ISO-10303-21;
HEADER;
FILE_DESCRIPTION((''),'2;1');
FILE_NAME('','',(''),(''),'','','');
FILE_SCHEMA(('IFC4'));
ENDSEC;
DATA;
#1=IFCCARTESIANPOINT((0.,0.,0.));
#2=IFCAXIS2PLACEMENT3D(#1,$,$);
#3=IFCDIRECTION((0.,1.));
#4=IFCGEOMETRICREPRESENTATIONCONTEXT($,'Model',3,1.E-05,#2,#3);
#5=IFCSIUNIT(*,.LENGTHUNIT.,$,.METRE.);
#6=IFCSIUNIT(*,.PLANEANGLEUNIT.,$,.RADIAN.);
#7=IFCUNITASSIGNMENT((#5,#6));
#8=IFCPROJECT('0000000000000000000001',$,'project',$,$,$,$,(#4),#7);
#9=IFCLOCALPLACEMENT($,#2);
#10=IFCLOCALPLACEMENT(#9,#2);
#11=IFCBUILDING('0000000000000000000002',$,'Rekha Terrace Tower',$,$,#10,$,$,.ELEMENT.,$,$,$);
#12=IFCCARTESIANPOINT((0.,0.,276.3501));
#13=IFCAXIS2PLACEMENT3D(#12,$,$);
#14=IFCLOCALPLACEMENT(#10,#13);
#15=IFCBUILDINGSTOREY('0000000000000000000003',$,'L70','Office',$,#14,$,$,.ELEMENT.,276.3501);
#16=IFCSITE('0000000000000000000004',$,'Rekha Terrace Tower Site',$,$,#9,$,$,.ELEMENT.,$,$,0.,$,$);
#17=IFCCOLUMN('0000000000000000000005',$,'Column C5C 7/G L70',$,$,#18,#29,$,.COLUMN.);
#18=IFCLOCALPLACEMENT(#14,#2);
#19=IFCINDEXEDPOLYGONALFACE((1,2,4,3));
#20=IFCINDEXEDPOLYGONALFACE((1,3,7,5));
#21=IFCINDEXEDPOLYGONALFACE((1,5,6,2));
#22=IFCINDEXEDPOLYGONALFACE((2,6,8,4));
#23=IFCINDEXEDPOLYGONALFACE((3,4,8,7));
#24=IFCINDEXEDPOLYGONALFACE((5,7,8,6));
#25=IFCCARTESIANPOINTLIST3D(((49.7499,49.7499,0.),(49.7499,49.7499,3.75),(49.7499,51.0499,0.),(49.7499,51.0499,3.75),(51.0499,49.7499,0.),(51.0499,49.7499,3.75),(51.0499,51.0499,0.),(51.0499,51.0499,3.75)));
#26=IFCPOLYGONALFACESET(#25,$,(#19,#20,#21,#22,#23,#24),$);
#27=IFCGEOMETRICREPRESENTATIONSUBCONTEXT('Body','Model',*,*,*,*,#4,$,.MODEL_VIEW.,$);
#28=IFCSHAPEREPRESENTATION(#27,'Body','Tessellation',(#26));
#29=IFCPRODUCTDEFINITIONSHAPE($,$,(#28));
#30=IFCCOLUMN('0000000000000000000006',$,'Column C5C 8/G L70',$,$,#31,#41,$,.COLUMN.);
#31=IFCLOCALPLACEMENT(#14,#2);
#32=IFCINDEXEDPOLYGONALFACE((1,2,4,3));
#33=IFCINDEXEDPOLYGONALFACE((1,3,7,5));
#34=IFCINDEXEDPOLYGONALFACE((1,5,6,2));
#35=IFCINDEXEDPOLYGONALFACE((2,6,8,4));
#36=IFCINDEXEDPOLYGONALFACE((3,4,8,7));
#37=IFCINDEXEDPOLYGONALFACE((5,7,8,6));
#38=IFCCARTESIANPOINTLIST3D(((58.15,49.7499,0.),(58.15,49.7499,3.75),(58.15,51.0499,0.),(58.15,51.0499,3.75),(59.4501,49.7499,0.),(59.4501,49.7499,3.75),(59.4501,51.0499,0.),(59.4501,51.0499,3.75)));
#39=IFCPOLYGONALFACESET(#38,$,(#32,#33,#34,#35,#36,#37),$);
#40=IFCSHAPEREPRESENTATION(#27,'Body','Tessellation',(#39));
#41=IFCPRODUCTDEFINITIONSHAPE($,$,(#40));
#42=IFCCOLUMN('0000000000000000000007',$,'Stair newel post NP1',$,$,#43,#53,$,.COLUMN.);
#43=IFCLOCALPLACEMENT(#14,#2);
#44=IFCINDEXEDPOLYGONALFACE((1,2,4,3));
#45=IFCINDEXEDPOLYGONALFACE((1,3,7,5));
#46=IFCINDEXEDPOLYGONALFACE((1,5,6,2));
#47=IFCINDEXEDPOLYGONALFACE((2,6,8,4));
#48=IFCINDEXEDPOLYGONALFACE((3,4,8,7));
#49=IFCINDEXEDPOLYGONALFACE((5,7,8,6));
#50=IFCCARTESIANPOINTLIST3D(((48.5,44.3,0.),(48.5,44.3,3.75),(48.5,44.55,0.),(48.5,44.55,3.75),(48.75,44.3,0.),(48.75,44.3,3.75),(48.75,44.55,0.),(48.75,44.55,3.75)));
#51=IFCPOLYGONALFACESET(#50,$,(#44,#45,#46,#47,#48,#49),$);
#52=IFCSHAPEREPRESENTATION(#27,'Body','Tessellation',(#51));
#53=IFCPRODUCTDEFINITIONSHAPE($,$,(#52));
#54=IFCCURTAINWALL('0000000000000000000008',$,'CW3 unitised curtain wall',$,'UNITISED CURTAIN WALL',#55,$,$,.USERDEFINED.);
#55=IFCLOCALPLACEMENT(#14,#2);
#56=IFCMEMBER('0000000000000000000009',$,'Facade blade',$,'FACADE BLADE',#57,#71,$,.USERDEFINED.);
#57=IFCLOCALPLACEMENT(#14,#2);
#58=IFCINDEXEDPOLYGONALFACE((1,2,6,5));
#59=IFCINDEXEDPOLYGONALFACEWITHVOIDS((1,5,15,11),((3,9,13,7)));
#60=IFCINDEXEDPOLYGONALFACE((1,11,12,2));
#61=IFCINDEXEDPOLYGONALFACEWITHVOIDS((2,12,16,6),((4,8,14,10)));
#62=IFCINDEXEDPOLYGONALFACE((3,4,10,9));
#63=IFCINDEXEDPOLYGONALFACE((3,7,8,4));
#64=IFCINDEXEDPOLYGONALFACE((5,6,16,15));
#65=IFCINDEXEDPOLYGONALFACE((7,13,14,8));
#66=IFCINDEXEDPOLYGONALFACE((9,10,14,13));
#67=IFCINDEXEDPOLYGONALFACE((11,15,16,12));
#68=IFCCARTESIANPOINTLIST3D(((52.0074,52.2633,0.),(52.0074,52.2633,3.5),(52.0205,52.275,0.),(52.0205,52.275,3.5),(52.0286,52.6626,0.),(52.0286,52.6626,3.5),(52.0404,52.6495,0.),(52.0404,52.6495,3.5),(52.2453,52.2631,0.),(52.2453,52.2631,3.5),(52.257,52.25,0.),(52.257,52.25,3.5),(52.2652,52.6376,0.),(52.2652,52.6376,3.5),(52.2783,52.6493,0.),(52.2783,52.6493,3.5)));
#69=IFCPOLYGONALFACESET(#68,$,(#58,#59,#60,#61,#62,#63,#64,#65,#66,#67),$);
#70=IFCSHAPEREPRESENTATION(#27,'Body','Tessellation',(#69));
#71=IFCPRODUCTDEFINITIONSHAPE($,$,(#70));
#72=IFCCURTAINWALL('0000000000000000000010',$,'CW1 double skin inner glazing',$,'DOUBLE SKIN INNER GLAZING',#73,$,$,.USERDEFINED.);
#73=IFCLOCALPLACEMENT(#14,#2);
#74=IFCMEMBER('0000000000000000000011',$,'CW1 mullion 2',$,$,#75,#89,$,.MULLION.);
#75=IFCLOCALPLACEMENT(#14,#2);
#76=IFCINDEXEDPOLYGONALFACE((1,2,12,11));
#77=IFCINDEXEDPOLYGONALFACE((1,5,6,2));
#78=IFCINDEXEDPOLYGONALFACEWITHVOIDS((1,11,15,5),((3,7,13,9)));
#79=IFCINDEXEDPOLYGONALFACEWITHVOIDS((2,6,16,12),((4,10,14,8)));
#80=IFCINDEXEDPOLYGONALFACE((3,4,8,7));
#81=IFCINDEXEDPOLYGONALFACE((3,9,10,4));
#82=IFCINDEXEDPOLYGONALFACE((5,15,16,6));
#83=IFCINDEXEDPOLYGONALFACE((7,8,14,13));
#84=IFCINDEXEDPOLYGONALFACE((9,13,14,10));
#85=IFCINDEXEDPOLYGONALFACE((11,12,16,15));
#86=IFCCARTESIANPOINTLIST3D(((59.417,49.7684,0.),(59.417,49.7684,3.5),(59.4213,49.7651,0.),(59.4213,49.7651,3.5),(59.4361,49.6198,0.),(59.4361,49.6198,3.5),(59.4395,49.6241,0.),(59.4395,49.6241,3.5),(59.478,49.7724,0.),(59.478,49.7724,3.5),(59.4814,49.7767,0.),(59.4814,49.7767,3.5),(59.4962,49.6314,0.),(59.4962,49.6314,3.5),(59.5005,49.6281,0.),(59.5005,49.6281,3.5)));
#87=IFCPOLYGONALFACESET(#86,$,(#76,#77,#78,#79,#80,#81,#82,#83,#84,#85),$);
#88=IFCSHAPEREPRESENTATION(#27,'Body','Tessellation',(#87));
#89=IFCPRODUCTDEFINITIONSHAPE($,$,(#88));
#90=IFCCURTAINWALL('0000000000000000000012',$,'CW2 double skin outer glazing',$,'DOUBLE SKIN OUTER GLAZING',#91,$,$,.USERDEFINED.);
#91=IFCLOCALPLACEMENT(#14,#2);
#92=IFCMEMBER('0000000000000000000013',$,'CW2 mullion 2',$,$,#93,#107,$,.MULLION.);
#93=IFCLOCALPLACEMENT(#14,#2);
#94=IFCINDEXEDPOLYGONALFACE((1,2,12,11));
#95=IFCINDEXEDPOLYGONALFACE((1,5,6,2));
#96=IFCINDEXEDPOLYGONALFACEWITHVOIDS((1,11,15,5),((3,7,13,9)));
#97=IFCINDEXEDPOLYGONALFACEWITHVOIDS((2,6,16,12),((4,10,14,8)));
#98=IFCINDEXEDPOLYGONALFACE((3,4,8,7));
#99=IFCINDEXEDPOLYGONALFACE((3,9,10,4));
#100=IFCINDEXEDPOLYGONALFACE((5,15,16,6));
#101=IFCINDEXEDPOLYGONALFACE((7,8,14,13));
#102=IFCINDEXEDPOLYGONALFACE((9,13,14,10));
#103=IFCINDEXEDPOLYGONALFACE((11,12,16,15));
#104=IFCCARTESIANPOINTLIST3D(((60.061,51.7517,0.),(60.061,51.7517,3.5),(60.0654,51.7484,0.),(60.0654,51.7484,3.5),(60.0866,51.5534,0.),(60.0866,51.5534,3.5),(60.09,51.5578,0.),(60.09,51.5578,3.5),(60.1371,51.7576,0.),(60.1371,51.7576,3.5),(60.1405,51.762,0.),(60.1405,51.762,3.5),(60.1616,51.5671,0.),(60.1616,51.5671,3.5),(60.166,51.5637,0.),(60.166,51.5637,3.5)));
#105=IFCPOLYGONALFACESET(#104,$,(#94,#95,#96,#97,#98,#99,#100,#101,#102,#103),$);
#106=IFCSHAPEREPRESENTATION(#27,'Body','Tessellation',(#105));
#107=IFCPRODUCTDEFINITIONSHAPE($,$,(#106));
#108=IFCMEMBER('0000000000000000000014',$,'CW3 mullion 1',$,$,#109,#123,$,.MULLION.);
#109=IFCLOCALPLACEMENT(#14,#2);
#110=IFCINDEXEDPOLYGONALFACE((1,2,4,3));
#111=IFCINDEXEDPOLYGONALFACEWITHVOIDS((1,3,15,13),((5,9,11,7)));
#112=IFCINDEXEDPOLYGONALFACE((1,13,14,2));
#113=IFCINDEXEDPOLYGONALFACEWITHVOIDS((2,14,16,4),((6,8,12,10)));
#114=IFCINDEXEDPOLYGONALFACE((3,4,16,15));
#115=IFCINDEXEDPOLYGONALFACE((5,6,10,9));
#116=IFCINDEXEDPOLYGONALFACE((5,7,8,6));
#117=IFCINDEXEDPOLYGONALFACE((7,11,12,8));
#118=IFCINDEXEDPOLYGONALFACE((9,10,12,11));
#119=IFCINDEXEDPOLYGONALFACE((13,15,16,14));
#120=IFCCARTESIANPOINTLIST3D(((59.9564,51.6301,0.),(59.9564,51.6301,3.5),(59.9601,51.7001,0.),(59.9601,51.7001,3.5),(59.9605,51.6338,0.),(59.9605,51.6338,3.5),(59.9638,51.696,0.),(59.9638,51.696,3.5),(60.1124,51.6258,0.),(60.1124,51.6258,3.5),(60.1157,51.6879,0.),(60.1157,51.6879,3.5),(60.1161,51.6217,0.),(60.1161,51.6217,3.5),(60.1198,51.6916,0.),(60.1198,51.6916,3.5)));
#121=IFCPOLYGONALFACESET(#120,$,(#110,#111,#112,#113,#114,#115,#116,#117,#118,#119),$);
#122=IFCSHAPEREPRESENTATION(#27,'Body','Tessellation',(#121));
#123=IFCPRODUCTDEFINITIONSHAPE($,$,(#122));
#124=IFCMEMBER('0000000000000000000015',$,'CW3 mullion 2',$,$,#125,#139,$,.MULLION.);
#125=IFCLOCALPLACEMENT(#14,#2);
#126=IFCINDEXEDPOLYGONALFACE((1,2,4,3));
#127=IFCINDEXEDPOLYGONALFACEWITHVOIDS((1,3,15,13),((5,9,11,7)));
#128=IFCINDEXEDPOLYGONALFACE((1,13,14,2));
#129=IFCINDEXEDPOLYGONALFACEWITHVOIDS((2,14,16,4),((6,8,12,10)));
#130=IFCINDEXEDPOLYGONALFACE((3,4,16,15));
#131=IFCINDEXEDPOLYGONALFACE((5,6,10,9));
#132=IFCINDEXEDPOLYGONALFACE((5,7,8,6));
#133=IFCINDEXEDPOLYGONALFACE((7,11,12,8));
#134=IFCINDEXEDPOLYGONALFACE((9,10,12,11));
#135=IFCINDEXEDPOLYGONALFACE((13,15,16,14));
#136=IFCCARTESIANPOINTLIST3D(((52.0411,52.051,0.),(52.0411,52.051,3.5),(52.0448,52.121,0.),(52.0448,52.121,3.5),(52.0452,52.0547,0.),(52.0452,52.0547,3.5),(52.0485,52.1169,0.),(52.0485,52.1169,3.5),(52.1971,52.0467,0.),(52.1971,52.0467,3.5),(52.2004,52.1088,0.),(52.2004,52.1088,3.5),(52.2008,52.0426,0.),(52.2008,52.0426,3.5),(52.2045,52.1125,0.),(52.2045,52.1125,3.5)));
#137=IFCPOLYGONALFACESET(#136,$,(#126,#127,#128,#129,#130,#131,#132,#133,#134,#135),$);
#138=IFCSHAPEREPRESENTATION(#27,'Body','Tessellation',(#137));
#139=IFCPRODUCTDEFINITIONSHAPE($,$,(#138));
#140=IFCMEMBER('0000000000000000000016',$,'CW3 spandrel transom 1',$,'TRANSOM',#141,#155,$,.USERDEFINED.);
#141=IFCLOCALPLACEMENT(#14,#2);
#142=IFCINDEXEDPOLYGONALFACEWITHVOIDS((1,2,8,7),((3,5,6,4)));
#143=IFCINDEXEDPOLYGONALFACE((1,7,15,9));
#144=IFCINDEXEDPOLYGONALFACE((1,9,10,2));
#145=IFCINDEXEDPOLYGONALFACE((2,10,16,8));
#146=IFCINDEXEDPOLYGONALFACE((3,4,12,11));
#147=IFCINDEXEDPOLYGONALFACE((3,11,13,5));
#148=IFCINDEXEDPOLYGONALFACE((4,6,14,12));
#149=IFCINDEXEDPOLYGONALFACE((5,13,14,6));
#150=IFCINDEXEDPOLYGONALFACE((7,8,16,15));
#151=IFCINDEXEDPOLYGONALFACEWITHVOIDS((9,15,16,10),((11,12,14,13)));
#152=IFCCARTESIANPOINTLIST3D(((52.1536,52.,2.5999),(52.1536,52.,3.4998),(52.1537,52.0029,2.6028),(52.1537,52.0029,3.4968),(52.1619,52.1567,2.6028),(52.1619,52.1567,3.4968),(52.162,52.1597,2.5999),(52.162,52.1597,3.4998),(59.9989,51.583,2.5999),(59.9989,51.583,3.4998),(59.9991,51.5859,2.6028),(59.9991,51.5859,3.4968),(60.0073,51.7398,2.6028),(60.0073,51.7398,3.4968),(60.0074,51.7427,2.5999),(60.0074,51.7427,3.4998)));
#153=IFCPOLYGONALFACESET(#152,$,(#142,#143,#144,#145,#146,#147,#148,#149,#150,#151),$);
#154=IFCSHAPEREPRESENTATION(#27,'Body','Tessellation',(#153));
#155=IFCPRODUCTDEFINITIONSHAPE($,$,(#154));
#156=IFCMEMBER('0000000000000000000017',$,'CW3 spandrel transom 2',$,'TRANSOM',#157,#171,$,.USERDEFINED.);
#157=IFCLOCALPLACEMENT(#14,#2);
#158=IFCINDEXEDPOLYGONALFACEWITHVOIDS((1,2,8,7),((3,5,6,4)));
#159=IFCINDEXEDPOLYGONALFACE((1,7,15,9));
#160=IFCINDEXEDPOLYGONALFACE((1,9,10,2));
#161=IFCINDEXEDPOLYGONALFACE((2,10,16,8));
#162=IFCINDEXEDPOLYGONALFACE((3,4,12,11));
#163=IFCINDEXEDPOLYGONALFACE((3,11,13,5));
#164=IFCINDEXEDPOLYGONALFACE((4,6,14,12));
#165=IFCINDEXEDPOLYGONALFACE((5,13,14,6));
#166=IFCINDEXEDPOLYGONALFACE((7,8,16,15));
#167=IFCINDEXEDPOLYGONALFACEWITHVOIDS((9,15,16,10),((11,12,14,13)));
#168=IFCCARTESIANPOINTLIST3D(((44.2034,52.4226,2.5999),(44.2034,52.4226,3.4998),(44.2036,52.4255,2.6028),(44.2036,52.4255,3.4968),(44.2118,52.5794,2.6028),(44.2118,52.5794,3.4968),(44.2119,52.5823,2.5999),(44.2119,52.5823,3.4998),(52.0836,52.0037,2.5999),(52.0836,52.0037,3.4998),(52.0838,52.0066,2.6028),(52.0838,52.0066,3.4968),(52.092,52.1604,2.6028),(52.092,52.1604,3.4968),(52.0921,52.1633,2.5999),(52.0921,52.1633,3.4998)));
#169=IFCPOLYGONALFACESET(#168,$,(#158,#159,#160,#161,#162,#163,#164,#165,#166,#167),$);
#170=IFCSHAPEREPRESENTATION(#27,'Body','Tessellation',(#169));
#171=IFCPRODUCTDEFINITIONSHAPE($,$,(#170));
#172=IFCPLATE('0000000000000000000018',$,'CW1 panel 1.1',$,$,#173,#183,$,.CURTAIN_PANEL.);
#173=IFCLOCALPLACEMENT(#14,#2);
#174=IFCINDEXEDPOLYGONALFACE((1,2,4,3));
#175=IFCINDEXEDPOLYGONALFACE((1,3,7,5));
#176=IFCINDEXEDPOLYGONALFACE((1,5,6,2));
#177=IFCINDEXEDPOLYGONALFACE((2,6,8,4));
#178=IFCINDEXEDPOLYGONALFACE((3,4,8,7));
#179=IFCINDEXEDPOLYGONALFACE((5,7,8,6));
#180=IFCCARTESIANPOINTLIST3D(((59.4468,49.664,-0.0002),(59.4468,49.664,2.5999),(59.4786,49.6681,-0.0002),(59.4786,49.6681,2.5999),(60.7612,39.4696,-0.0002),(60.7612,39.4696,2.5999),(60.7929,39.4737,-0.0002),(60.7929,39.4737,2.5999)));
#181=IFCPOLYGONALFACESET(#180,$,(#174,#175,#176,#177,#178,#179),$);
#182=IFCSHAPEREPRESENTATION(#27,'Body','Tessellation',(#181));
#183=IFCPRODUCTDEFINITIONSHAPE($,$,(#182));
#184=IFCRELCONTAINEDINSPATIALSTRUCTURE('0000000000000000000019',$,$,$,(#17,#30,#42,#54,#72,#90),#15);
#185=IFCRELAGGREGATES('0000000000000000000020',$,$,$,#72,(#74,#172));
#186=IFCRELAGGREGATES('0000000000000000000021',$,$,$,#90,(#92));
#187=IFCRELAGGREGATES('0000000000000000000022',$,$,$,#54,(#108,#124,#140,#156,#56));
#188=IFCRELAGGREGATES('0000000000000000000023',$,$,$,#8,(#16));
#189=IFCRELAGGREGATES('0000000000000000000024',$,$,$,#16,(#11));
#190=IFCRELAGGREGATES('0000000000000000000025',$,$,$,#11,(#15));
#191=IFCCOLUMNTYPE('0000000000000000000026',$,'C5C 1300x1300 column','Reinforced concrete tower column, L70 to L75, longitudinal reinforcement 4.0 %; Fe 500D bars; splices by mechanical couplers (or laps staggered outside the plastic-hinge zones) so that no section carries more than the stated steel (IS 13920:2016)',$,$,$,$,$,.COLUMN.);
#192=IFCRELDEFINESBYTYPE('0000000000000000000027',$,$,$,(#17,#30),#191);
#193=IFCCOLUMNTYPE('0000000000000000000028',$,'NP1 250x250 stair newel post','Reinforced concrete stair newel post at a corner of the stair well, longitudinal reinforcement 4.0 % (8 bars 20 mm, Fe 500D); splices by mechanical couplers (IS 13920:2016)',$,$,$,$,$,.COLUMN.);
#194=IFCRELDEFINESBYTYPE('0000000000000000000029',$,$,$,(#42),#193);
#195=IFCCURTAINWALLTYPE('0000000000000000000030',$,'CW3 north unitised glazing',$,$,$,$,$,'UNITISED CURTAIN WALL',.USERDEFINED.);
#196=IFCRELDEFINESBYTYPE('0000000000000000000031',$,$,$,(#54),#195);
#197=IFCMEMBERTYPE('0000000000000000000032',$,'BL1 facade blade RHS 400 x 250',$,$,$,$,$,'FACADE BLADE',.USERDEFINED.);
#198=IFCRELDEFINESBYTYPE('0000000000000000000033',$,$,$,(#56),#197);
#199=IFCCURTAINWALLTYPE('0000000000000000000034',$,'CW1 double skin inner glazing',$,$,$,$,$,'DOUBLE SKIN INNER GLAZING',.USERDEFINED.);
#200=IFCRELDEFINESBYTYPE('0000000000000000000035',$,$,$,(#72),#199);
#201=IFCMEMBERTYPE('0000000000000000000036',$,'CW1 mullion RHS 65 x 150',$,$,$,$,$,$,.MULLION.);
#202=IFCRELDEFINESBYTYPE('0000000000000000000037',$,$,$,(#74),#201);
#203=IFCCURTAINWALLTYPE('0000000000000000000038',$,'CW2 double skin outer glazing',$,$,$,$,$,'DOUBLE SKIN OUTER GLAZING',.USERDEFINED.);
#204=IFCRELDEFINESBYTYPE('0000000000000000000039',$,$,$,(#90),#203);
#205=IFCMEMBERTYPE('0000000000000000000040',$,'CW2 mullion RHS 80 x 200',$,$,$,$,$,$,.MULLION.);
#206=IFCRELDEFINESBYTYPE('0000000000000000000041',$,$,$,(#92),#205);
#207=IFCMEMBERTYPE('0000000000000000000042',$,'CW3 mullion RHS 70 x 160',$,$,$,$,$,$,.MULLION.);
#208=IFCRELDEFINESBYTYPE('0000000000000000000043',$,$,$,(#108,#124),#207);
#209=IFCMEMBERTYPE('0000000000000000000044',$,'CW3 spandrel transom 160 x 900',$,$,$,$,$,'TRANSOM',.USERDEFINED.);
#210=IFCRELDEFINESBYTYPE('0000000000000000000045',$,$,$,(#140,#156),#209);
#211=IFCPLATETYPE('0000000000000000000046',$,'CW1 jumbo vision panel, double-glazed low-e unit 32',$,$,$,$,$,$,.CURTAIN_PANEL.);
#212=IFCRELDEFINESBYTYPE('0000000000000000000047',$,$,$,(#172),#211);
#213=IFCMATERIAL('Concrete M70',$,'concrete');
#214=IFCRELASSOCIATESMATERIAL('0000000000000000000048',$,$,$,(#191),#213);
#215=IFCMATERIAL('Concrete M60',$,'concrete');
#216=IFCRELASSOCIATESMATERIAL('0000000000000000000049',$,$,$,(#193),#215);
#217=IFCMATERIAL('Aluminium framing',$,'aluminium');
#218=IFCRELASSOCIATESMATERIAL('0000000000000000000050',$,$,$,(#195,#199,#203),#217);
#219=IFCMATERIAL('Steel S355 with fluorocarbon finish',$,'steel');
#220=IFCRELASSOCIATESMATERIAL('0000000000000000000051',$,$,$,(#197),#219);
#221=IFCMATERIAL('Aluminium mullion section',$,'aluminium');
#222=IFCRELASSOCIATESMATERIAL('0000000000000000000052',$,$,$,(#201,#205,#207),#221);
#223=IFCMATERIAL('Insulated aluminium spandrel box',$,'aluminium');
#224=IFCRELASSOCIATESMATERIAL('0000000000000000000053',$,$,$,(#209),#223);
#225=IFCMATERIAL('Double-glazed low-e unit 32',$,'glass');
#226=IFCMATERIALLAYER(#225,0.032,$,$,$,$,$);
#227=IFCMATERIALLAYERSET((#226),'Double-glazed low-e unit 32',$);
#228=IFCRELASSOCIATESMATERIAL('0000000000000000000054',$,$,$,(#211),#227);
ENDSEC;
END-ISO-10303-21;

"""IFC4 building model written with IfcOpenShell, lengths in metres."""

from ifc_helpers import new_model, si_unit, direction, frame, origin, origin_2d, place, context, subcontext, project, spatial, rectangle, hollow_rectangle, extrude, material, layer, layer_set, material_profile, profile_set, type_object, element, aggregate, save


model = new_model("IFC4")

# Units and contexts
model_context = context("Model", 3, precision=1e-05, world=origin(), true_north=direction((0.0, 1.0)))
body_context = subcontext(model_context, "Body", "Model", "MODEL_VIEW")
ifc_project = project(units=[si_unit("LENGTHUNIT", "METRE"), si_unit("PLANEANGLEUNIT", "RADIAN")], contexts=[model_context])

# Site, building, storey
site_placement = place(None, origin())
site = spatial("IfcSite", under=ifc_project, at=site_placement, Name="Rekha Terrace Tower Site", CompositionType="ELEMENT", RefElevation=0.0)
building_placement = place(site_placement, origin())
building = spatial("IfcBuilding", under=site, at=building_placement, Name="Rekha Terrace Tower", CompositionType="ELEMENT")
storey_placement = place(building_placement, frame((0.0, 0.0, 276.3501)))
storey = spatial("IfcBuildingStorey", under=building, at=storey_placement, Name="L70", Description="Office", CompositionType="ELEMENT", Elevation=276.3501)

# Columns
ifc_material_1 = material(Name="Concrete M70", Category="concrete")
ifc_material_profile_1 = material_profile(ifc_material_1, rectangle(XDim=1.3, YDim=1.3, at=origin_2d()), Name="RC 1300x1300")
ifc_profile_set_1 = profile_set([ifc_material_profile_1], Name="Concrete M70")
column_type_1 = type_object("IfcColumnType", Name="C5C 1300x1300 column", Description="Reinforced concrete tower column, L70 to L75, longitudinal reinforcement 4.0 %; Fe 500D bars; splices by mechanical couplers (or laps staggered outside the plastic-hinge zones) so that no section carries more than the stated steel (IS 13920:2016)", PredefinedType="COLUMN", material=ifc_profile_set_1)
for number, where, z_axis, x_axis, name in (
    (1, (50.3999, 50.3999, 0.0), (0.0, 0.0, 1.0), (1.0, 0.0, 0.0), "Column C5C 7/G L70"),
    (2, (58.8, 50.3999, 0.0), (0.0, 0.0, 1.0), (1.0, 0.0, 0.0), "Column C5C 8/G L70"),
):
    element("IfcColumn", number, at=place(storey_placement, frame(where, z_axis=z_axis, x_axis=x_axis)), inside=storey, type_object=column_type_1, Name=name, PredefinedType="COLUMN", context=body_context, shape_type="SweptSolid", body=[
        extrude(rectangle(XDim=1.3, YDim=1.3, at=origin_2d()), origin(), (0.0, 0.0, 1.0), 3.75),
    ])
ifc_material_2 = material(Name="Concrete M60", Category="concrete")
ifc_material_profile_2 = material_profile(ifc_material_2, rectangle(XDim=0.25, YDim=0.25, at=origin_2d()), Name="RC 250x250")
ifc_profile_set_2 = profile_set([ifc_material_profile_2], Name="Concrete M60")
column_type_2 = type_object("IfcColumnType", Name="NP1 250x250 stair newel post", Description="Reinforced concrete stair newel post at a corner of the stair well, longitudinal reinforcement 4.0 % (8 bars 20 mm, Fe 500D); splices by mechanical couplers (IS 13920:2016)", PredefinedType="COLUMN", material=ifc_profile_set_2)
column_placement = place(storey_placement, frame((48.625, 44.425, 0.0), z_axis=(0.0, 0.0, 1.0), x_axis=(1.0, 0.0, 0.0)))
element("IfcColumn", 3, at=column_placement, inside=storey, type_object=column_type_2, Name="Stair newel post NP1", PredefinedType="COLUMN", context=body_context, shape_type="SweptSolid", body=[
    extrude(rectangle(XDim=0.25, YDim=0.25, at=origin_2d()), origin(), (0.0, 0.0, 1.0), 3.75),
])

# Curtain walls, members
ifc_material_3 = material(Name="Aluminium framing", Category="aluminium")
curtain_wall_type_1 = type_object("IfcCurtainWallType", Name="CW3 north unitised glazing", ElementType="UNITISED CURTAIN WALL", PredefinedType="USERDEFINED", material=ifc_material_3)
curtain_wall_1_placement = place(storey_placement, origin())
curtain_wall_1 = element("IfcCurtainWall", 4, at=curtain_wall_1_placement, inside=storey, type_object=curtain_wall_type_1, Name="CW3 unitised curtain wall", ObjectType="UNITISED CURTAIN WALL", PredefinedType="USERDEFINED")
ifc_material_4 = material(Name="Steel S355 with fluorocarbon finish", Category="steel")
ifc_material_profile_3 = material_profile(ifc_material_4, hollow_rectangle(XDim=0.25, YDim=0.3999, WallThickness=0.0125, at=origin_2d()), Name="RHS400x250x12.5")
ifc_profile_set_3 = profile_set([ifc_material_profile_3], Name="Steel S355 with fluorocarbon finish")
member_type_1 = type_object("IfcMemberType", Name="BL1 facade blade RHS 400 x 250", ElementType="FACADE BLADE", PredefinedType="USERDEFINED", material=ifc_profile_set_3)
member_1_placement = place(storey_placement, frame((52.1428, 52.4563, 0.0), z_axis=(0.0, 0.0, 1.0), x_axis=(-0.99859, 0.053084, 0.0)))
member_1 = element("IfcMember", 5, at=member_1_placement, type_object=member_type_1, Name="Facade blade", ObjectType="FACADE BLADE", PredefinedType="USERDEFINED", context=body_context, shape_type="SweptSolid", body=[
    extrude(hollow_rectangle(XDim=0.25, YDim=0.3999, WallThickness=0.0125, at=origin_2d()), origin(), (0.0, 0.0, 1.0), 3.5),
])
curtain_wall_type_2 = type_object("IfcCurtainWallType", Name="CW1 double skin inner glazing", ElementType="DOUBLE SKIN INNER GLAZING", PredefinedType="USERDEFINED", material=ifc_material_3)
curtain_wall_2_placement = place(storey_placement, origin())
curtain_wall_2 = element("IfcCurtainWall", 6, at=curtain_wall_2_placement, inside=storey, type_object=curtain_wall_type_2, Name="CW1 double skin inner glazing", ObjectType="DOUBLE SKIN INNER GLAZING", PredefinedType="USERDEFINED")
ifc_material_5 = material(Name="Aluminium mullion section", Category="aluminium")
ifc_material_profile_4 = material_profile(ifc_material_5, hollow_rectangle(XDim=0.0649, YDim=0.1499, WallThickness=0.0039, at=origin_2d()), Name="AL RHS 65x150")
ifc_profile_set_4 = profile_set([ifc_material_profile_4], Name="Aluminium mullion section")
member_type_2 = type_object("IfcMemberType", Name="CW1 mullion RHS 65 x 150", PredefinedType="MULLION", material=ifc_profile_set_4)
member_2_placement = place(storey_placement, frame((59.4587, 49.6982, 0.0), z_axis=(0.0, 0.0, 1.0), x_axis=(-0.991791, -0.12787, 0.0)))
member_2 = element("IfcMember", 7, at=member_2_placement, type_object=member_type_2, Name="CW1 mullion 2", PredefinedType="MULLION", context=body_context, shape_type="SweptSolid", body=[
    extrude(hollow_rectangle(XDim=0.0649, YDim=0.1499, WallThickness=0.0039, at=origin_2d()), origin(), (0.0, 0.0, 1.0), 3.5),
])
curtain_wall_type_3 = type_object("IfcCurtainWallType", Name="CW2 double skin outer glazing", ElementType="DOUBLE SKIN OUTER GLAZING", PredefinedType="USERDEFINED", material=ifc_material_3)
curtain_wall_3_placement = place(storey_placement, origin())
curtain_wall_3 = element("IfcCurtainWall", 8, at=curtain_wall_3_placement, inside=storey, type_object=curtain_wall_type_3, Name="CW2 double skin outer glazing", ObjectType="DOUBLE SKIN OUTER GLAZING", PredefinedType="USERDEFINED")
ifc_material_profile_5 = material_profile(ifc_material_5, hollow_rectangle(XDim=0.0801, YDim=0.2, WallThickness=0.0039, at=origin_2d()), Name="AL RHS 80x200")
ifc_profile_set_5 = profile_set([ifc_material_profile_5], Name="Aluminium mullion section")
member_type_3 = type_object("IfcMemberType", Name="CW2 mullion RHS 80 x 200", PredefinedType="MULLION", material=ifc_profile_set_5)
member_3_placement = place(storey_placement, frame((60.1135, 51.6577, 0.0), z_axis=(0.0, 0.0, 1.0), x_axis=(-0.991791, -0.12787, 0.0)))
member_3 = element("IfcMember", 9, at=member_3_placement, type_object=member_type_3, Name="CW2 mullion 2", PredefinedType="MULLION", context=body_context, shape_type="SweptSolid", body=[
    extrude(hollow_rectangle(XDim=0.0801, YDim=0.2, WallThickness=0.0039, at=origin_2d()), origin(), (0.0, 0.0, 1.0), 3.5),
])

# Members
ifc_material_profile_6 = material_profile(ifc_material_5, hollow_rectangle(XDim=0.0701, YDim=0.1599, WallThickness=0.0039, at=origin_2d()), Name="AL RHS 70x160")
ifc_profile_set_6 = profile_set([ifc_material_profile_6], Name="Aluminium mullion section")
member_type_4 = type_object("IfcMemberType", Name="CW3 mullion RHS 70 x 160", PredefinedType="MULLION", material=ifc_profile_set_6)
member_4_placement = place(storey_placement, frame((60.0381, 51.6609, 0.0), z_axis=(0.0, 0.0, 1.0), x_axis=(-0.053083, -0.99859, 0.0)))
member_4 = element("IfcMember", 10, at=member_4_placement, type_object=member_type_4, Name="CW3 mullion 1", PredefinedType="MULLION", context=body_context, shape_type="SweptSolid", body=[
    extrude(hollow_rectangle(XDim=0.0701, YDim=0.1599, WallThickness=0.0039, at=origin_2d()), origin(), (0.0, 0.0, 1.0), 3.5),
])
member_5_placement = place(storey_placement, frame((52.1228, 52.0818, 0.0), z_axis=(0.0, 0.0, 1.0), x_axis=(-0.053083, -0.99859, 0.0)))
member_5 = element("IfcMember", 11, at=member_5_placement, type_object=member_type_4, Name="CW3 mullion 2", PredefinedType="MULLION", context=body_context, shape_type="SweptSolid", body=[
    extrude(hollow_rectangle(XDim=0.0701, YDim=0.1599, WallThickness=0.0039, at=origin_2d()), origin(), (0.0, 0.0, 1.0), 3.5),
])
ifc_material_6 = material(Name="Insulated aluminium spandrel box", Category="aluminium")
ifc_material_profile_7 = material_profile(ifc_material_6, hollow_rectangle(XDim=0.1599, YDim=0.8999, WallThickness=0.0029, at=origin_2d()), Name="AL SPANDREL BOX 160x900")
ifc_profile_set_7 = profile_set([ifc_material_profile_7], Name="Insulated aluminium spandrel box")
member_type_5 = type_object("IfcMemberType", Name="CW3 spandrel transom 160 x 900", ElementType="TRANSOM", PredefinedType="USERDEFINED", material=ifc_profile_set_7)
member_6_placement = place(storey_placement, frame((60.0032, 51.6628, 3.0498), z_axis=(-0.99859, 0.053076, 0.0), x_axis=(-0.053076, -0.99859, 0.0)))
member_6 = element("IfcMember", 12, at=member_6_placement, type_object=member_type_5, Name="CW3 spandrel transom 1", ObjectType="TRANSOM", PredefinedType="USERDEFINED", context=body_context, shape_type="SweptSolid", body=[
    extrude(hollow_rectangle(XDim=0.1599, YDim=0.8999, WallThickness=0.0029, at=origin_2d()), origin(), (0.0, 0.0, 1.0), 7.8564),
])
member_7_placement = place(storey_placement, frame((52.0879, 52.0835, 3.0498), z_axis=(-0.99859, 0.05309, 0.0), x_axis=(-0.05309, -0.99859, 0.0)))
member_7 = element("IfcMember", 13, at=member_7_placement, type_object=member_type_5, Name="CW3 spandrel transom 2", ObjectType="TRANSOM", PredefinedType="USERDEFINED", context=body_context, shape_type="SweptSolid", body=[
    extrude(hollow_rectangle(XDim=0.1599, YDim=0.8999, WallThickness=0.0029, at=origin_2d()), origin(), (0.0, 0.0, 1.0), 7.8914),
])

# Plate
ifc_material_7 = material(Name="Double-glazed low-e unit 32", Category="glass")
ifc_layer_1 = layer(ifc_material_7, 0.032)
ifc_layer_set_1 = layer_set([ifc_layer_1], Name="Double-glazed low-e unit 32")
plate_type_1 = type_object("IfcPlateType", Name="CW1 jumbo vision panel, double-glazed low-e unit 32", PredefinedType="CURTAIN_PANEL", material=ifc_layer_set_1)
plate_1_placement = place(storey_placement, frame((60.1199, 44.5688, -0.0002), z_axis=(0.0, 0.0, 1.0), x_axis=(-0.12787, 0.991791, 0.0)))
plate_1 = element("IfcPlate", 14, at=plate_1_placement, type_object=plate_type_1, Name="CW1 panel 1.1", PredefinedType="CURTAIN_PANEL", context=body_context, shape_type="SweptSolid", body=[
    extrude(rectangle(XDim=10.2788, YDim=0.032, at=origin_2d()), origin(), (0.0, 0.0, 1.0), 2.6001),
])
aggregate(curtain_wall_2, [member_2, plate_1])
aggregate(curtain_wall_3, [member_3])
aggregate(curtain_wall_1, [member_4, member_5, member_6, member_7, member_1])

save(model, "model.ifc")
